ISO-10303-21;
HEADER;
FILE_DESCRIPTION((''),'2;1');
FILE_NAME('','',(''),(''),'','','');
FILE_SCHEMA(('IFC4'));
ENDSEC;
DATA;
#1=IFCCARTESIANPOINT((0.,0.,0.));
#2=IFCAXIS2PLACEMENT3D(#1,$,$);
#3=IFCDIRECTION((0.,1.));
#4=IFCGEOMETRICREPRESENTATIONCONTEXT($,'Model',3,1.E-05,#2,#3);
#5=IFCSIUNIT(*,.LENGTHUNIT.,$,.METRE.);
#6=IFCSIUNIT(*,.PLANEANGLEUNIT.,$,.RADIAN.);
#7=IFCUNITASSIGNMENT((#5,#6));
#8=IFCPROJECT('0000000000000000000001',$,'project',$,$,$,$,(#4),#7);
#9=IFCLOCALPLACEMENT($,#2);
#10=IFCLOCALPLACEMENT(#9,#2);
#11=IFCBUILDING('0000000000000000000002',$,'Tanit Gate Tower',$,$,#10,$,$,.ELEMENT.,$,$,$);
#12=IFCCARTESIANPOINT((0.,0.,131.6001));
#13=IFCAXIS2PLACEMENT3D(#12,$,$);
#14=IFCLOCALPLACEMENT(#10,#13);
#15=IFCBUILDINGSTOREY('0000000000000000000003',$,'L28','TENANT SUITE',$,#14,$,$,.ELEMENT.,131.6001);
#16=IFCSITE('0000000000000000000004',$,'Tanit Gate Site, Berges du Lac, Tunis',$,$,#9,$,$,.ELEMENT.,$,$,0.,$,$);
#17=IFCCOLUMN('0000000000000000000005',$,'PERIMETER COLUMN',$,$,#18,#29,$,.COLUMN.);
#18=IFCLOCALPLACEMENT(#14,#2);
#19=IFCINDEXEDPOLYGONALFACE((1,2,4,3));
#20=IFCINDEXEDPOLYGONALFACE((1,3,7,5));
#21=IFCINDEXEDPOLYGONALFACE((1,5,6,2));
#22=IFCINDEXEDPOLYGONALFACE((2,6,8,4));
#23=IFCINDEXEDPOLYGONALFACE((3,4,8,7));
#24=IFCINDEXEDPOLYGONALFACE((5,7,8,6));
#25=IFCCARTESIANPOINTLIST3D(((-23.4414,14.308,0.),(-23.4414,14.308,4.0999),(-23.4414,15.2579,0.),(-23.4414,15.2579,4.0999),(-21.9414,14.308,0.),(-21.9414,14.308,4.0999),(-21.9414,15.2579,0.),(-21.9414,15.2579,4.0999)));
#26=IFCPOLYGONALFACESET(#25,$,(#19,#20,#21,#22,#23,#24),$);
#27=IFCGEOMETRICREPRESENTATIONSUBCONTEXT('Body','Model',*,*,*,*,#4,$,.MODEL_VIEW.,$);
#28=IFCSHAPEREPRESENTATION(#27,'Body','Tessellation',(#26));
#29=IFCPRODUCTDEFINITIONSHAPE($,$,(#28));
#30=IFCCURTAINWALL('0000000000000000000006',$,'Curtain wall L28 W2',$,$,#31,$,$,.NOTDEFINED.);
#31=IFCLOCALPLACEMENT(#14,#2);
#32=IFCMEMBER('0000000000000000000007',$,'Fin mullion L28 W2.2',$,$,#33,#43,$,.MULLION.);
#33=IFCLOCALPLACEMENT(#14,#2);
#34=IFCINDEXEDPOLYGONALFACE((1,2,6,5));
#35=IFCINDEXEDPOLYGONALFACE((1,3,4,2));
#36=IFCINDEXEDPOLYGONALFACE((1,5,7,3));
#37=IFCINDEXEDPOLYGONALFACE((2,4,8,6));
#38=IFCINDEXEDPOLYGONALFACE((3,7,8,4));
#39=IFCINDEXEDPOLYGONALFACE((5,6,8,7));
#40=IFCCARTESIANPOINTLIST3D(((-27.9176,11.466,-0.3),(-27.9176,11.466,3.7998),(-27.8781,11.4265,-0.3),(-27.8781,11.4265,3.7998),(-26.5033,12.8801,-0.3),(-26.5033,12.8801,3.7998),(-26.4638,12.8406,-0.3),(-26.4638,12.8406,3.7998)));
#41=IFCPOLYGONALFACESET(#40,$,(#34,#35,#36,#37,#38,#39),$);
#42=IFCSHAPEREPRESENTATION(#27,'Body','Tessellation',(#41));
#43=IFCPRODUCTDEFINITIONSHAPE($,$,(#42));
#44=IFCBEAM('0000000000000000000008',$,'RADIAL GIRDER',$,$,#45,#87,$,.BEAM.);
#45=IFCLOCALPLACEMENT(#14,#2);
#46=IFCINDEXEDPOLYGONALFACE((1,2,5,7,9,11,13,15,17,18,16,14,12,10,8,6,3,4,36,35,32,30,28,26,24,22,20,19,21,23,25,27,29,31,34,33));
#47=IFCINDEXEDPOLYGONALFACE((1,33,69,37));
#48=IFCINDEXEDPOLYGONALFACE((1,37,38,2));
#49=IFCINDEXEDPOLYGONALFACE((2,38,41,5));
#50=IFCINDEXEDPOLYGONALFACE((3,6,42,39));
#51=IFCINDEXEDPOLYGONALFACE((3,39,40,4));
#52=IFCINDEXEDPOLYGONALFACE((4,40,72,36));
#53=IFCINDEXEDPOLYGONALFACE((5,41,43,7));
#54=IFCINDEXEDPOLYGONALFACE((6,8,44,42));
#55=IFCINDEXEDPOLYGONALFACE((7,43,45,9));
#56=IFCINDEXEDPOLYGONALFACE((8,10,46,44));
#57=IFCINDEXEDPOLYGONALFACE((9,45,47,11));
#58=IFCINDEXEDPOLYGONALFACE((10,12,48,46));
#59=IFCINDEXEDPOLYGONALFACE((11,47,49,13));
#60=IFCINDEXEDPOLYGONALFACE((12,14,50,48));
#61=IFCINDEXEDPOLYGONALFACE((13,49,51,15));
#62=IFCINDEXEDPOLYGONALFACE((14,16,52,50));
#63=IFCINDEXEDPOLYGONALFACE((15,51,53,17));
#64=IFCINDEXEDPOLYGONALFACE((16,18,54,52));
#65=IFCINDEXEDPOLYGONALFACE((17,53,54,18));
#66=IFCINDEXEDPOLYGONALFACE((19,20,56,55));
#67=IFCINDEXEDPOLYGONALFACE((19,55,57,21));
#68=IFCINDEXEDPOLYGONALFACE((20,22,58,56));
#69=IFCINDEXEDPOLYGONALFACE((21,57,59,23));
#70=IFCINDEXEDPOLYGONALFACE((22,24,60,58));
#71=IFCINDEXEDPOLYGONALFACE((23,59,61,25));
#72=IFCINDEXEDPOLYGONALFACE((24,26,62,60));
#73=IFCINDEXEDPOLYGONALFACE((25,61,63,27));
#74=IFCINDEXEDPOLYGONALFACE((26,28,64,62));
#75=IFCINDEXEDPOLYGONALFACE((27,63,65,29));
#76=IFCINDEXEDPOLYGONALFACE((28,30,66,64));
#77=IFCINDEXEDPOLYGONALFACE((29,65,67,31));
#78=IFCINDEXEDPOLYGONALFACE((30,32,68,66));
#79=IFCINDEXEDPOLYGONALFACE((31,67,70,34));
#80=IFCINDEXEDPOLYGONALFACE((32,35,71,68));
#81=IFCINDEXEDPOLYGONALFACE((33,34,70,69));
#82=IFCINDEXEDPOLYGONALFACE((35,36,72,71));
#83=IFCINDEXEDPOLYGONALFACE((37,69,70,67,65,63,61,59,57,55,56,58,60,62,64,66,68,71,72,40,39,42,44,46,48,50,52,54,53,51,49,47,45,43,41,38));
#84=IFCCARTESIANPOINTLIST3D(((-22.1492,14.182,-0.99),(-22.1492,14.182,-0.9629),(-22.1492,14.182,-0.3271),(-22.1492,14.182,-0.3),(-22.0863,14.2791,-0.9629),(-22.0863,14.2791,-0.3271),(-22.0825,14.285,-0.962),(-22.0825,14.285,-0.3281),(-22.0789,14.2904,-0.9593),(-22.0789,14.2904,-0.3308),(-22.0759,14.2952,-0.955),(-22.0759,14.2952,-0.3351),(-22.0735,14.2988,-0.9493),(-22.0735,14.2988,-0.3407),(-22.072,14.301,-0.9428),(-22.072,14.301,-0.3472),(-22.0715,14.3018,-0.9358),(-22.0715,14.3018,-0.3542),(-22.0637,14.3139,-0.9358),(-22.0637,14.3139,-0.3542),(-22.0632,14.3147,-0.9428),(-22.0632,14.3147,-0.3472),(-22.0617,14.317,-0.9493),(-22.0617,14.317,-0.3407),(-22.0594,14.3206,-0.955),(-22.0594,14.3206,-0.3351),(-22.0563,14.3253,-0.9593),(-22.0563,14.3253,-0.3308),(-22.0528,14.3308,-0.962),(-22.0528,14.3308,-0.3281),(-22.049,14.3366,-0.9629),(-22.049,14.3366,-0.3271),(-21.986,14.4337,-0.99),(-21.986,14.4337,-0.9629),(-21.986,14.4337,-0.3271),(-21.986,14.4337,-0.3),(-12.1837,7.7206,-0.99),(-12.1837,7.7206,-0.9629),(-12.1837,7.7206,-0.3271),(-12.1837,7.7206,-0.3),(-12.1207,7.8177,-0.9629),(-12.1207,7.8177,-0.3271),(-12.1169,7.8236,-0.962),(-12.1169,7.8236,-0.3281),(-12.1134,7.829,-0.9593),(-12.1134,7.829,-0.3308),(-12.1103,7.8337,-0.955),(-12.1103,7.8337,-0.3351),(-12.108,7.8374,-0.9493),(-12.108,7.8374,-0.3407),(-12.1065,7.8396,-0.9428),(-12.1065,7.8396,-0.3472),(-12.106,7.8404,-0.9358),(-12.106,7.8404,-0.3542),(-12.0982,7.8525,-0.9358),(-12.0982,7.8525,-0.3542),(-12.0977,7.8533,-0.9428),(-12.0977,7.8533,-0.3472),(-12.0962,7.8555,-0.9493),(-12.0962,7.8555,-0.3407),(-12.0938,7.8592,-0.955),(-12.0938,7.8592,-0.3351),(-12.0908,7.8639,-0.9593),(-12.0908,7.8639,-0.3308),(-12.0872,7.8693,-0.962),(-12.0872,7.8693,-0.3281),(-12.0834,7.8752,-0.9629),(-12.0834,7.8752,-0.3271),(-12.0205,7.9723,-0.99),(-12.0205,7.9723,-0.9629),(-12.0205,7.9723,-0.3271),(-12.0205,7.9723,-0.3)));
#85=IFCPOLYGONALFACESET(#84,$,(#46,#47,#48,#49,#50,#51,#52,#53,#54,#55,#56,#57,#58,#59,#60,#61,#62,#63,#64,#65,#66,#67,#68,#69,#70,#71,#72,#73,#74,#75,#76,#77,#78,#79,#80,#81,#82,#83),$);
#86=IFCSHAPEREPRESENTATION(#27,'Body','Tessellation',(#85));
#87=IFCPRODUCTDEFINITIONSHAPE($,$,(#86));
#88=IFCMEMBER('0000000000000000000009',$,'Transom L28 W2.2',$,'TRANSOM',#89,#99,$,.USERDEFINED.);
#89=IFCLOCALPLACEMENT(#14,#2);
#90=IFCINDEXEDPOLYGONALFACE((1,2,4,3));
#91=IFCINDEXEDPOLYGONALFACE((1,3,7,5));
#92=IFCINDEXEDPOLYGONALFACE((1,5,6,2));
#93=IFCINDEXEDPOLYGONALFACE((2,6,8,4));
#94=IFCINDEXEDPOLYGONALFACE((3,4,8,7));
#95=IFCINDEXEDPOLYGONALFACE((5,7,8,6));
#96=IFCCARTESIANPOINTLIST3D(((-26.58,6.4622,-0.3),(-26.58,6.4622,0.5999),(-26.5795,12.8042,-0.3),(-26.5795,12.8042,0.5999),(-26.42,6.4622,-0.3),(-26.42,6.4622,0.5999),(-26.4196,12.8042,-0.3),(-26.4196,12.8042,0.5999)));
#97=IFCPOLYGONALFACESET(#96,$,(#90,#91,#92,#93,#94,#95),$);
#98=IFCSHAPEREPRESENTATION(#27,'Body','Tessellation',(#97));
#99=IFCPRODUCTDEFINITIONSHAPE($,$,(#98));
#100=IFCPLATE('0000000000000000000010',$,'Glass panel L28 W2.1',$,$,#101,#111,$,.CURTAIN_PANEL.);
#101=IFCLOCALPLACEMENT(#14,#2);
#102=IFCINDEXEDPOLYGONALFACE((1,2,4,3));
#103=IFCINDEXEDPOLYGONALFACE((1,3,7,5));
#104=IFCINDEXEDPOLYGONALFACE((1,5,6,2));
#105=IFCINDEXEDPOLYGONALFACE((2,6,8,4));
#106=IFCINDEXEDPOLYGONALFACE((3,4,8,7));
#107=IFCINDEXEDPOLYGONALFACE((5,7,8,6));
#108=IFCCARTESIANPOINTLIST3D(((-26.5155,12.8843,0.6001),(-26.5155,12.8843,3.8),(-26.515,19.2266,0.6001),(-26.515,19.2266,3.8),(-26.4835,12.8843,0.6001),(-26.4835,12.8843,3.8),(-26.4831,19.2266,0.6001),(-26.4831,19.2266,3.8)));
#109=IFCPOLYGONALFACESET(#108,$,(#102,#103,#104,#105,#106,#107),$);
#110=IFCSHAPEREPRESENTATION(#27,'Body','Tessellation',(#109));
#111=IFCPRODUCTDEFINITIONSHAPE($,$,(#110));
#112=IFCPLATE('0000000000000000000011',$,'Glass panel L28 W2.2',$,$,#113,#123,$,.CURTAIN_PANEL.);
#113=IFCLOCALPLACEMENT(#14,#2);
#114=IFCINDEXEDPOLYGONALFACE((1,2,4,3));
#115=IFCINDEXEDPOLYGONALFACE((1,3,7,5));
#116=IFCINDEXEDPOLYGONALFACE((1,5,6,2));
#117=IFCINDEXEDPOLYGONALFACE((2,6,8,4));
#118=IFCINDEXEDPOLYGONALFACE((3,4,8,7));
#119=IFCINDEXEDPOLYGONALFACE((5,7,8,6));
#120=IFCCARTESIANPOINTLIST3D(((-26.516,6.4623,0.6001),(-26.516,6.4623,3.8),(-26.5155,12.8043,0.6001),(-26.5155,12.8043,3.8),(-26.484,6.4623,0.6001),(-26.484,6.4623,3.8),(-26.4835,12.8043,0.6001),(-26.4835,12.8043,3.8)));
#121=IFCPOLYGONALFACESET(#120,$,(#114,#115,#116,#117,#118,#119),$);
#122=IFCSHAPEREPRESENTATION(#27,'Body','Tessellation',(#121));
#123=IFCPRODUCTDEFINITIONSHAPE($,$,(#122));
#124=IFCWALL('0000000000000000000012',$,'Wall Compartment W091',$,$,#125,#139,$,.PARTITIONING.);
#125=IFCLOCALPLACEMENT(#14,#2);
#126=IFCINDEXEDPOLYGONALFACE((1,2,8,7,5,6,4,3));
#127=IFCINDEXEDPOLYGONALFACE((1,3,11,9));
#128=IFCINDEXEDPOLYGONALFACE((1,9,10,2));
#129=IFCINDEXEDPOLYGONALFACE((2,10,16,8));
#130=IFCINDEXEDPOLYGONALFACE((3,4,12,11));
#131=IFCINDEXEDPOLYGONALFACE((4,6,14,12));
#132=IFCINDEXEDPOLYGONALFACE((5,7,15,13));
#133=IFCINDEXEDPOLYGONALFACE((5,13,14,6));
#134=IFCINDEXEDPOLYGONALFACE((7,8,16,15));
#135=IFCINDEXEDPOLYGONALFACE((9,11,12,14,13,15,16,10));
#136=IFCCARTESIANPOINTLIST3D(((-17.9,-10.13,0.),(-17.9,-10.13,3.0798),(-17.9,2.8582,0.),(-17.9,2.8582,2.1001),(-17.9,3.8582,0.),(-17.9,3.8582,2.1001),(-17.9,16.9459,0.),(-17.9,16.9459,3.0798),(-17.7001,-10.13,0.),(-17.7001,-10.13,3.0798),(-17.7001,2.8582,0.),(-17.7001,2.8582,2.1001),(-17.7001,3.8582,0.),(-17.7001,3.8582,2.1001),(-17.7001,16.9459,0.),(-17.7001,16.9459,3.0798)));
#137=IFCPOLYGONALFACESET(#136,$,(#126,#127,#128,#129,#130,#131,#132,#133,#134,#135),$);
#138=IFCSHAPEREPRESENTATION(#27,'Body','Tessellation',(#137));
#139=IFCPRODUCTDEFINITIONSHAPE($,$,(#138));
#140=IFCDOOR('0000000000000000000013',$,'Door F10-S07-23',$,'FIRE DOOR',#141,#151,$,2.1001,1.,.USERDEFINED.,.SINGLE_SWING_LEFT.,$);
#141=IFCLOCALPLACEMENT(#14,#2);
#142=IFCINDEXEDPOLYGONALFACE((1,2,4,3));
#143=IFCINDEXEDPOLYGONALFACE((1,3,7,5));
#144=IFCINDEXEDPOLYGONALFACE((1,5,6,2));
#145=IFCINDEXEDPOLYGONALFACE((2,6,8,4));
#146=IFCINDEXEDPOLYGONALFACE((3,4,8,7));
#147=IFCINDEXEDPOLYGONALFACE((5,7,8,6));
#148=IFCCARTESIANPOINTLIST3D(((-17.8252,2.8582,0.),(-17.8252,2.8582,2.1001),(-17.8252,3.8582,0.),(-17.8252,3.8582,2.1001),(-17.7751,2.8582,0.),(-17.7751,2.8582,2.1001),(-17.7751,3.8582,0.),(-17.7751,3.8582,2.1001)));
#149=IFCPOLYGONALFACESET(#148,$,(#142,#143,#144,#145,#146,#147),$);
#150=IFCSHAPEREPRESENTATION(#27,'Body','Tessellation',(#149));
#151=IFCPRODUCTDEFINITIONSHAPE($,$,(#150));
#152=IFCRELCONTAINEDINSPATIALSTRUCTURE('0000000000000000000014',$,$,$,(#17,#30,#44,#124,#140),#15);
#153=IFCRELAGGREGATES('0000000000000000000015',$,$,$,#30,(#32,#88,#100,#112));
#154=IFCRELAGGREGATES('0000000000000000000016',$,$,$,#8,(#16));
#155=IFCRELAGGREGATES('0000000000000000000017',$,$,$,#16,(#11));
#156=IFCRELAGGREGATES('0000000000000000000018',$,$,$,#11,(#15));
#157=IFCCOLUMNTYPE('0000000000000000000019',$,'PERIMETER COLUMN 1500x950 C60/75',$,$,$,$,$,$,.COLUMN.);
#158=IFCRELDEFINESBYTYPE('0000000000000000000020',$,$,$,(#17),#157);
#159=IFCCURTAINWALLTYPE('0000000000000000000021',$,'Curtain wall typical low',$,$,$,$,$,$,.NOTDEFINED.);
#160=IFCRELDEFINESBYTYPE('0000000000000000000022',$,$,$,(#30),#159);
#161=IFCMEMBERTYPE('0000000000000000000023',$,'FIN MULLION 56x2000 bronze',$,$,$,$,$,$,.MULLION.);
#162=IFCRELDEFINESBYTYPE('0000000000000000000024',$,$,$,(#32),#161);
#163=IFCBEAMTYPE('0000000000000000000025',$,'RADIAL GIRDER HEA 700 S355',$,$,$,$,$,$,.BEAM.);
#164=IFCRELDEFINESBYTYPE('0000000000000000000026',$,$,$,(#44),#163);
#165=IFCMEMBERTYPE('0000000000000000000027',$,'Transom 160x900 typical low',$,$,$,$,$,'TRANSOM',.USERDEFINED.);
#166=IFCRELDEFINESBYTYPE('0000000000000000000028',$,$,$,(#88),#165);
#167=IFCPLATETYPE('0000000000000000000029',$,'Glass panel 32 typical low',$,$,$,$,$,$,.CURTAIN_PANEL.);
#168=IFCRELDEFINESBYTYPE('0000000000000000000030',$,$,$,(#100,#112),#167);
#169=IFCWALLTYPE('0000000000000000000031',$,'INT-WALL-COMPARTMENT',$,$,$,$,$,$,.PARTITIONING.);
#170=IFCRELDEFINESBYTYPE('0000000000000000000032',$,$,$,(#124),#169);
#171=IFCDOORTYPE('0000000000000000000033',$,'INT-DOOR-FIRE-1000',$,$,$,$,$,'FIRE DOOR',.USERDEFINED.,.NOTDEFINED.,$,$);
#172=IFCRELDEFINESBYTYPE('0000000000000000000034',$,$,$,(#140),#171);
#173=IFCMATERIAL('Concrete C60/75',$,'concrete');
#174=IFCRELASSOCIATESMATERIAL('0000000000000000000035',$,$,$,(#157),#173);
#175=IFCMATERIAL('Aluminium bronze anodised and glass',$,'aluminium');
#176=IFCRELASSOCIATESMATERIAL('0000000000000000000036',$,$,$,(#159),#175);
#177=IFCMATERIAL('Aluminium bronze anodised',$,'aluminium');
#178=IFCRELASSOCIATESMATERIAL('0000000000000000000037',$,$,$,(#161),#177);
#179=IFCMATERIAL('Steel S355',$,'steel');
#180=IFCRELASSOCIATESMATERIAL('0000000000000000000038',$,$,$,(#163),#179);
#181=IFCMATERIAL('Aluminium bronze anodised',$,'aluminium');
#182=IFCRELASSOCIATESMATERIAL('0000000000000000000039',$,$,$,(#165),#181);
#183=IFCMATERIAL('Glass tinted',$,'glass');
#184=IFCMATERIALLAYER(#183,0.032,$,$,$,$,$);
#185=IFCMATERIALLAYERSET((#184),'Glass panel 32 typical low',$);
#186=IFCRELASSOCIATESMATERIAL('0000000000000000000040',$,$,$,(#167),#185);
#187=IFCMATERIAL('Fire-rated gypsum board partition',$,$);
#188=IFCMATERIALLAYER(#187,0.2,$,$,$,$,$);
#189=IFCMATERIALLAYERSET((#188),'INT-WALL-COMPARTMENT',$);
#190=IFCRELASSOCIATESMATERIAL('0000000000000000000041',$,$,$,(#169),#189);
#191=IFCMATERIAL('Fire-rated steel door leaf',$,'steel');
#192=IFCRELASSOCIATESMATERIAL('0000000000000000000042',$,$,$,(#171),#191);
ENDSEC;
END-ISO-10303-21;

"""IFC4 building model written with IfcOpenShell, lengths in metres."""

from ifc_helpers import new_model, si_unit, direction, frame, frame_2d, origin, origin_2d, place, context, subcontext, project, spatial, rectangle, i_section, extrude, material, layer, layer_set, material_profile, profile_set, type_object, element, fill, aggregate, save


model = new_model("IFC4")

# Units and contexts
model_context = context("Model", 3, precision=1e-05, world=origin(), true_north=direction((0.0, 1.0)))
body_context = subcontext(model_context, "Body", "Model", "MODEL_VIEW")
ifc_project = project(units=[si_unit("LENGTHUNIT", "METRE"), si_unit("PLANEANGLEUNIT", "RADIAN")], contexts=[model_context])

# Site, building, storey
site_placement = place(None, origin())
site = spatial("IfcSite", under=ifc_project, at=site_placement, Name="Tanit Gate Site, Berges du Lac, Tunis", CompositionType="ELEMENT", RefElevation=0.0)
building_placement = place(site_placement, origin())
building = spatial("IfcBuilding", under=site, at=building_placement, Name="Tanit Gate Tower", CompositionType="ELEMENT")
storey_placement = place(building_placement, frame((0.0, 0.0, 131.6001)))
storey = spatial("IfcBuildingStorey", under=building, at=storey_placement, Name="L28", Description="TENANT SUITE", CompositionType="ELEMENT", Elevation=131.6001)

# Column
ifc_material_1 = material(Name="Concrete C60/75", Category="concrete")
ifc_material_profile_1 = material_profile(ifc_material_1, rectangle(XDim=1.5, YDim=0.95, at=origin_2d()), Name="RC 1500x950")
ifc_profile_set_1 = profile_set([ifc_material_profile_1], Name="Concrete C60/75")
column_type = type_object("IfcColumnType", Name="PERIMETER COLUMN 1500x950 C60/75", PredefinedType="COLUMN", material=ifc_profile_set_1)
column_placement = place(storey_placement, frame((-22.6914, 14.783, 0.0), z_axis=(0.0, 0.0, 1.0), x_axis=(-1.0, 0.0, 0.0)))
element("IfcColumn", 1, at=column_placement, inside=storey, type_object=column_type, Name="PERIMETER COLUMN", PredefinedType="COLUMN", context=body_context, shape_type="SweptSolid", body=[
    extrude(rectangle(XDim=1.5, YDim=0.95, at=origin_2d()), origin(), (0.0, 0.0, 1.0), 4.0999),
])

# Curtain wall, member
ifc_material_2 = material(Name="Aluminium bronze anodised and glass", Category="aluminium")
curtain_wall_type = type_object("IfcCurtainWallType", Name="Curtain wall typical low", PredefinedType="NOTDEFINED", material=ifc_material_2)
curtain_wall_placement = place(storey_placement, origin())
curtain_wall = element("IfcCurtainWall", 2, at=curtain_wall_placement, inside=storey, type_object=curtain_wall_type, Name="Curtain wall L28 W2", PredefinedType="NOTDEFINED")
ifc_material_3 = material(Name="Aluminium bronze anodised", Category="aluminium")
ifc_material_profile_2 = material_profile(ifc_material_3, rectangle(XDim=2.0, YDim=0.0559, at=origin_2d()), Name="56x2000 bronze fin mullion")
ifc_profile_set_2 = profile_set([ifc_material_profile_2], Name="Aluminium bronze anodised")
member_type_1 = type_object("IfcMemberType", Name="FIN MULLION 56x2000 bronze", PredefinedType="MULLION", material=ifc_profile_set_2)
member_1_placement = place(storey_placement, frame((-27.1907, 12.1533, -0.3), z_axis=(0.0, 0.0, 1.0), x_axis=(0.707156, 0.707058, 0.0)))
member_1 = element("IfcMember", 3, at=member_1_placement, type_object=member_type_1, Name="Fin mullion L28 W2.2", PredefinedType="MULLION", context=body_context, shape_type="SweptSolid", body=[
    extrude(rectangle(XDim=2.0, YDim=0.0559, at=origin_2d()), origin(), (0.0, 0.0, 1.0), 4.0999),
])

# Beam
ifc_material_4 = material(Name="Steel S355", Category="steel")
ifc_material_profile_3 = material_profile(ifc_material_4, i_section(OverallWidth=0.3, OverallDepth=0.6899, WebThickness=0.0144, FlangeThickness=0.0271, FilletRadius=0.0271, at=origin_2d()), Name="HEA 700")
ifc_profile_set_3 = profile_set([ifc_material_profile_3], Name="Steel S355")
beam_type = type_object("IfcBeamType", Name="RADIAL GIRDER HEA 700 S355", PredefinedType="BEAM", material=ifc_profile_set_3)
beam_placement = place(storey_placement, frame((-22.0676, 14.3079, -0.645), z_axis=(0.839066, -0.544029, 0.0), x_axis=(0.544029, 0.839066, 0.0)))
element("IfcBeam", 4, at=beam_placement, inside=storey, type_object=beam_type, Name="RADIAL GIRDER", PredefinedType="BEAM", context=body_context, shape_type="SweptSolid", body=[
    extrude(i_section(OverallWidth=0.3, OverallDepth=0.6899, WebThickness=0.0144, FlangeThickness=0.0271, FilletRadius=0.0271, at=origin_2d()), origin(), (0.0, 0.0, 1.0), 11.877),
])

# Member
ifc_material_5 = material(Name="Aluminium bronze anodised", Category="aluminium")
ifc_material_profile_4 = material_profile(ifc_material_5, rectangle(XDim=0.1599, YDim=0.8999, at=origin_2d()), Name="160x900 bronze transom")
ifc_profile_set_4 = profile_set([ifc_material_profile_4], Name="Aluminium bronze anodised")
member_type_2 = type_object("IfcMemberType", Name="Transom 160x900 typical low", ElementType="TRANSOM", PredefinedType="USERDEFINED", material=ifc_profile_set_4)
member_2_placement = place(storey_placement, frame((-26.4995, 12.8042, 0.1499), z_axis=(-0.000077, -1.0, 0.0), x_axis=(1.0, -0.000077, 0.0)))
member_2 = element("IfcMember", 5, at=member_2_placement, type_object=member_type_2, Name="Transom L28 W2.2", ObjectType="TRANSOM", PredefinedType="USERDEFINED", context=body_context, shape_type="SweptSolid", body=[
    extrude(rectangle(XDim=0.1599, YDim=0.8999, at=origin_2d()), origin(), (0.0, 0.0, 1.0), 6.342),
])

# Plates
ifc_material_6 = material(Name="Glass tinted", Category="glass")
ifc_layer_1 = layer(ifc_material_6, 0.032)
ifc_layer_set_1 = layer_set([ifc_layer_1], Name="Glass panel 32 typical low")
plate_type = type_object("IfcPlateType", Name="Glass panel 32 typical low", PredefinedType="CURTAIN_PANEL", material=ifc_layer_set_1)
plate_1_placement = place(storey_placement, frame((-26.4993, 16.0554, 0.6001), z_axis=(0.0, 0.0, 1.0), x_axis=(-0.000069, -1.0, 0.0)))
plate_1 = element("IfcPlate", 6, at=plate_1_placement, type_object=plate_type, Name="Glass panel L28 W2.1", PredefinedType="CURTAIN_PANEL", context=body_context, shape_type="SweptSolid", body=[
    extrude(rectangle(XDim=6.3423, YDim=0.032, at=origin_2d()), origin(), (0.0, 0.0, 1.0), 3.2),
])
plate_2_placement = place(storey_placement, frame((-26.4998, 9.6333, 0.6001), z_axis=(0.0, 0.0, 1.0), x_axis=(-0.000069, -1.0, 0.0)))
plate_2 = element("IfcPlate", 7, at=plate_2_placement, type_object=plate_type, Name="Glass panel L28 W2.2", PredefinedType="CURTAIN_PANEL", context=body_context, shape_type="SweptSolid", body=[
    extrude(rectangle(XDim=6.342, YDim=0.032, at=origin_2d()), origin(), (0.0, 0.0, 1.0), 3.2),
])
aggregate(curtain_wall, [member_1, member_2, plate_1, plate_2])

# Wall, opening, door
ifc_material_7 = material(Name="Fire-rated gypsum board partition")
ifc_layer_2 = layer(ifc_material_7, 0.2)
ifc_layer_set_2 = layer_set([ifc_layer_2], Name="INT-WALL-COMPARTMENT")
wall_type_1 = type_object("IfcWallType", Name="INT-WALL-COMPARTMENT", PredefinedType="PARTITIONING", material=ifc_layer_set_2)
wall_1_placement = place(storey_placement, frame((-17.8, 16.946, 0.0), z_axis=(0.0, 0.0, 1.0), x_axis=(0.0, -1.0, 0.0)))
wall_1 = element("IfcWall", 8, at=wall_1_placement, inside=storey, type_object=wall_type_1, Name="Wall Compartment W091", PredefinedType="PARTITIONING", context=body_context, shape_type="SweptSolid", body=[
    extrude(rectangle(XDim=27.0759, YDim=0.2, at=frame_2d((13.5381, 0.0))), origin(), (0.0, 0.0, 1.0), 3.0798),
])
opening_1_placement = place(wall_1_placement, frame((13.0879, 0.0, 0.0)))
opening_1 = element("IfcOpeningElement", 9, at=opening_1_placement, cuts=wall_1, PredefinedType="OPENING", context=body_context, shape_type="SweptSolid", body=[
    extrude(rectangle(XDim=1.0, YDim=2.1001, at=frame_2d((0.5, 1.05))), frame((0.0, 0.1099, 0.0), z_axis=(0.0, -1.0, 0.0), x_axis=(1.0, 0.0, 0.0)), (0.0, 0.0, 1.0), 0.22),
])
ifc_material_8 = material(Name="Fire-rated steel door leaf", Category="steel")
door_type_1 = type_object("IfcDoorType", Name="INT-DOOR-FIRE-1000", ElementType="FIRE DOOR", OperationType="NOTDEFINED", PredefinedType="USERDEFINED", material=ifc_material_8)
door_1_placement = place(opening_1_placement, origin())
door_1 = element("IfcDoor", 10, at=door_1_placement, inside=storey, type_object=door_type_1, Name="Door F10-S07-23", ObjectType="FIRE DOOR", OperationType="SINGLE_SWING_LEFT", OverallHeight=2.1001, OverallWidth=1.0, PredefinedType="USERDEFINED", context=body_context, shape_type="SweptSolid", body=[
    extrude(rectangle(XDim=1.0, YDim=2.1001, at=frame_2d((0.5, 1.05))), frame((0.0, 0.0249, 0.0), z_axis=(0.0, -1.0, 0.0), x_axis=(1.0, 0.0, 0.0)), (0.0, 0.0, 1.0), 0.05),
])
fill(opening_1, door_1)

save(model, "model.ifc")
